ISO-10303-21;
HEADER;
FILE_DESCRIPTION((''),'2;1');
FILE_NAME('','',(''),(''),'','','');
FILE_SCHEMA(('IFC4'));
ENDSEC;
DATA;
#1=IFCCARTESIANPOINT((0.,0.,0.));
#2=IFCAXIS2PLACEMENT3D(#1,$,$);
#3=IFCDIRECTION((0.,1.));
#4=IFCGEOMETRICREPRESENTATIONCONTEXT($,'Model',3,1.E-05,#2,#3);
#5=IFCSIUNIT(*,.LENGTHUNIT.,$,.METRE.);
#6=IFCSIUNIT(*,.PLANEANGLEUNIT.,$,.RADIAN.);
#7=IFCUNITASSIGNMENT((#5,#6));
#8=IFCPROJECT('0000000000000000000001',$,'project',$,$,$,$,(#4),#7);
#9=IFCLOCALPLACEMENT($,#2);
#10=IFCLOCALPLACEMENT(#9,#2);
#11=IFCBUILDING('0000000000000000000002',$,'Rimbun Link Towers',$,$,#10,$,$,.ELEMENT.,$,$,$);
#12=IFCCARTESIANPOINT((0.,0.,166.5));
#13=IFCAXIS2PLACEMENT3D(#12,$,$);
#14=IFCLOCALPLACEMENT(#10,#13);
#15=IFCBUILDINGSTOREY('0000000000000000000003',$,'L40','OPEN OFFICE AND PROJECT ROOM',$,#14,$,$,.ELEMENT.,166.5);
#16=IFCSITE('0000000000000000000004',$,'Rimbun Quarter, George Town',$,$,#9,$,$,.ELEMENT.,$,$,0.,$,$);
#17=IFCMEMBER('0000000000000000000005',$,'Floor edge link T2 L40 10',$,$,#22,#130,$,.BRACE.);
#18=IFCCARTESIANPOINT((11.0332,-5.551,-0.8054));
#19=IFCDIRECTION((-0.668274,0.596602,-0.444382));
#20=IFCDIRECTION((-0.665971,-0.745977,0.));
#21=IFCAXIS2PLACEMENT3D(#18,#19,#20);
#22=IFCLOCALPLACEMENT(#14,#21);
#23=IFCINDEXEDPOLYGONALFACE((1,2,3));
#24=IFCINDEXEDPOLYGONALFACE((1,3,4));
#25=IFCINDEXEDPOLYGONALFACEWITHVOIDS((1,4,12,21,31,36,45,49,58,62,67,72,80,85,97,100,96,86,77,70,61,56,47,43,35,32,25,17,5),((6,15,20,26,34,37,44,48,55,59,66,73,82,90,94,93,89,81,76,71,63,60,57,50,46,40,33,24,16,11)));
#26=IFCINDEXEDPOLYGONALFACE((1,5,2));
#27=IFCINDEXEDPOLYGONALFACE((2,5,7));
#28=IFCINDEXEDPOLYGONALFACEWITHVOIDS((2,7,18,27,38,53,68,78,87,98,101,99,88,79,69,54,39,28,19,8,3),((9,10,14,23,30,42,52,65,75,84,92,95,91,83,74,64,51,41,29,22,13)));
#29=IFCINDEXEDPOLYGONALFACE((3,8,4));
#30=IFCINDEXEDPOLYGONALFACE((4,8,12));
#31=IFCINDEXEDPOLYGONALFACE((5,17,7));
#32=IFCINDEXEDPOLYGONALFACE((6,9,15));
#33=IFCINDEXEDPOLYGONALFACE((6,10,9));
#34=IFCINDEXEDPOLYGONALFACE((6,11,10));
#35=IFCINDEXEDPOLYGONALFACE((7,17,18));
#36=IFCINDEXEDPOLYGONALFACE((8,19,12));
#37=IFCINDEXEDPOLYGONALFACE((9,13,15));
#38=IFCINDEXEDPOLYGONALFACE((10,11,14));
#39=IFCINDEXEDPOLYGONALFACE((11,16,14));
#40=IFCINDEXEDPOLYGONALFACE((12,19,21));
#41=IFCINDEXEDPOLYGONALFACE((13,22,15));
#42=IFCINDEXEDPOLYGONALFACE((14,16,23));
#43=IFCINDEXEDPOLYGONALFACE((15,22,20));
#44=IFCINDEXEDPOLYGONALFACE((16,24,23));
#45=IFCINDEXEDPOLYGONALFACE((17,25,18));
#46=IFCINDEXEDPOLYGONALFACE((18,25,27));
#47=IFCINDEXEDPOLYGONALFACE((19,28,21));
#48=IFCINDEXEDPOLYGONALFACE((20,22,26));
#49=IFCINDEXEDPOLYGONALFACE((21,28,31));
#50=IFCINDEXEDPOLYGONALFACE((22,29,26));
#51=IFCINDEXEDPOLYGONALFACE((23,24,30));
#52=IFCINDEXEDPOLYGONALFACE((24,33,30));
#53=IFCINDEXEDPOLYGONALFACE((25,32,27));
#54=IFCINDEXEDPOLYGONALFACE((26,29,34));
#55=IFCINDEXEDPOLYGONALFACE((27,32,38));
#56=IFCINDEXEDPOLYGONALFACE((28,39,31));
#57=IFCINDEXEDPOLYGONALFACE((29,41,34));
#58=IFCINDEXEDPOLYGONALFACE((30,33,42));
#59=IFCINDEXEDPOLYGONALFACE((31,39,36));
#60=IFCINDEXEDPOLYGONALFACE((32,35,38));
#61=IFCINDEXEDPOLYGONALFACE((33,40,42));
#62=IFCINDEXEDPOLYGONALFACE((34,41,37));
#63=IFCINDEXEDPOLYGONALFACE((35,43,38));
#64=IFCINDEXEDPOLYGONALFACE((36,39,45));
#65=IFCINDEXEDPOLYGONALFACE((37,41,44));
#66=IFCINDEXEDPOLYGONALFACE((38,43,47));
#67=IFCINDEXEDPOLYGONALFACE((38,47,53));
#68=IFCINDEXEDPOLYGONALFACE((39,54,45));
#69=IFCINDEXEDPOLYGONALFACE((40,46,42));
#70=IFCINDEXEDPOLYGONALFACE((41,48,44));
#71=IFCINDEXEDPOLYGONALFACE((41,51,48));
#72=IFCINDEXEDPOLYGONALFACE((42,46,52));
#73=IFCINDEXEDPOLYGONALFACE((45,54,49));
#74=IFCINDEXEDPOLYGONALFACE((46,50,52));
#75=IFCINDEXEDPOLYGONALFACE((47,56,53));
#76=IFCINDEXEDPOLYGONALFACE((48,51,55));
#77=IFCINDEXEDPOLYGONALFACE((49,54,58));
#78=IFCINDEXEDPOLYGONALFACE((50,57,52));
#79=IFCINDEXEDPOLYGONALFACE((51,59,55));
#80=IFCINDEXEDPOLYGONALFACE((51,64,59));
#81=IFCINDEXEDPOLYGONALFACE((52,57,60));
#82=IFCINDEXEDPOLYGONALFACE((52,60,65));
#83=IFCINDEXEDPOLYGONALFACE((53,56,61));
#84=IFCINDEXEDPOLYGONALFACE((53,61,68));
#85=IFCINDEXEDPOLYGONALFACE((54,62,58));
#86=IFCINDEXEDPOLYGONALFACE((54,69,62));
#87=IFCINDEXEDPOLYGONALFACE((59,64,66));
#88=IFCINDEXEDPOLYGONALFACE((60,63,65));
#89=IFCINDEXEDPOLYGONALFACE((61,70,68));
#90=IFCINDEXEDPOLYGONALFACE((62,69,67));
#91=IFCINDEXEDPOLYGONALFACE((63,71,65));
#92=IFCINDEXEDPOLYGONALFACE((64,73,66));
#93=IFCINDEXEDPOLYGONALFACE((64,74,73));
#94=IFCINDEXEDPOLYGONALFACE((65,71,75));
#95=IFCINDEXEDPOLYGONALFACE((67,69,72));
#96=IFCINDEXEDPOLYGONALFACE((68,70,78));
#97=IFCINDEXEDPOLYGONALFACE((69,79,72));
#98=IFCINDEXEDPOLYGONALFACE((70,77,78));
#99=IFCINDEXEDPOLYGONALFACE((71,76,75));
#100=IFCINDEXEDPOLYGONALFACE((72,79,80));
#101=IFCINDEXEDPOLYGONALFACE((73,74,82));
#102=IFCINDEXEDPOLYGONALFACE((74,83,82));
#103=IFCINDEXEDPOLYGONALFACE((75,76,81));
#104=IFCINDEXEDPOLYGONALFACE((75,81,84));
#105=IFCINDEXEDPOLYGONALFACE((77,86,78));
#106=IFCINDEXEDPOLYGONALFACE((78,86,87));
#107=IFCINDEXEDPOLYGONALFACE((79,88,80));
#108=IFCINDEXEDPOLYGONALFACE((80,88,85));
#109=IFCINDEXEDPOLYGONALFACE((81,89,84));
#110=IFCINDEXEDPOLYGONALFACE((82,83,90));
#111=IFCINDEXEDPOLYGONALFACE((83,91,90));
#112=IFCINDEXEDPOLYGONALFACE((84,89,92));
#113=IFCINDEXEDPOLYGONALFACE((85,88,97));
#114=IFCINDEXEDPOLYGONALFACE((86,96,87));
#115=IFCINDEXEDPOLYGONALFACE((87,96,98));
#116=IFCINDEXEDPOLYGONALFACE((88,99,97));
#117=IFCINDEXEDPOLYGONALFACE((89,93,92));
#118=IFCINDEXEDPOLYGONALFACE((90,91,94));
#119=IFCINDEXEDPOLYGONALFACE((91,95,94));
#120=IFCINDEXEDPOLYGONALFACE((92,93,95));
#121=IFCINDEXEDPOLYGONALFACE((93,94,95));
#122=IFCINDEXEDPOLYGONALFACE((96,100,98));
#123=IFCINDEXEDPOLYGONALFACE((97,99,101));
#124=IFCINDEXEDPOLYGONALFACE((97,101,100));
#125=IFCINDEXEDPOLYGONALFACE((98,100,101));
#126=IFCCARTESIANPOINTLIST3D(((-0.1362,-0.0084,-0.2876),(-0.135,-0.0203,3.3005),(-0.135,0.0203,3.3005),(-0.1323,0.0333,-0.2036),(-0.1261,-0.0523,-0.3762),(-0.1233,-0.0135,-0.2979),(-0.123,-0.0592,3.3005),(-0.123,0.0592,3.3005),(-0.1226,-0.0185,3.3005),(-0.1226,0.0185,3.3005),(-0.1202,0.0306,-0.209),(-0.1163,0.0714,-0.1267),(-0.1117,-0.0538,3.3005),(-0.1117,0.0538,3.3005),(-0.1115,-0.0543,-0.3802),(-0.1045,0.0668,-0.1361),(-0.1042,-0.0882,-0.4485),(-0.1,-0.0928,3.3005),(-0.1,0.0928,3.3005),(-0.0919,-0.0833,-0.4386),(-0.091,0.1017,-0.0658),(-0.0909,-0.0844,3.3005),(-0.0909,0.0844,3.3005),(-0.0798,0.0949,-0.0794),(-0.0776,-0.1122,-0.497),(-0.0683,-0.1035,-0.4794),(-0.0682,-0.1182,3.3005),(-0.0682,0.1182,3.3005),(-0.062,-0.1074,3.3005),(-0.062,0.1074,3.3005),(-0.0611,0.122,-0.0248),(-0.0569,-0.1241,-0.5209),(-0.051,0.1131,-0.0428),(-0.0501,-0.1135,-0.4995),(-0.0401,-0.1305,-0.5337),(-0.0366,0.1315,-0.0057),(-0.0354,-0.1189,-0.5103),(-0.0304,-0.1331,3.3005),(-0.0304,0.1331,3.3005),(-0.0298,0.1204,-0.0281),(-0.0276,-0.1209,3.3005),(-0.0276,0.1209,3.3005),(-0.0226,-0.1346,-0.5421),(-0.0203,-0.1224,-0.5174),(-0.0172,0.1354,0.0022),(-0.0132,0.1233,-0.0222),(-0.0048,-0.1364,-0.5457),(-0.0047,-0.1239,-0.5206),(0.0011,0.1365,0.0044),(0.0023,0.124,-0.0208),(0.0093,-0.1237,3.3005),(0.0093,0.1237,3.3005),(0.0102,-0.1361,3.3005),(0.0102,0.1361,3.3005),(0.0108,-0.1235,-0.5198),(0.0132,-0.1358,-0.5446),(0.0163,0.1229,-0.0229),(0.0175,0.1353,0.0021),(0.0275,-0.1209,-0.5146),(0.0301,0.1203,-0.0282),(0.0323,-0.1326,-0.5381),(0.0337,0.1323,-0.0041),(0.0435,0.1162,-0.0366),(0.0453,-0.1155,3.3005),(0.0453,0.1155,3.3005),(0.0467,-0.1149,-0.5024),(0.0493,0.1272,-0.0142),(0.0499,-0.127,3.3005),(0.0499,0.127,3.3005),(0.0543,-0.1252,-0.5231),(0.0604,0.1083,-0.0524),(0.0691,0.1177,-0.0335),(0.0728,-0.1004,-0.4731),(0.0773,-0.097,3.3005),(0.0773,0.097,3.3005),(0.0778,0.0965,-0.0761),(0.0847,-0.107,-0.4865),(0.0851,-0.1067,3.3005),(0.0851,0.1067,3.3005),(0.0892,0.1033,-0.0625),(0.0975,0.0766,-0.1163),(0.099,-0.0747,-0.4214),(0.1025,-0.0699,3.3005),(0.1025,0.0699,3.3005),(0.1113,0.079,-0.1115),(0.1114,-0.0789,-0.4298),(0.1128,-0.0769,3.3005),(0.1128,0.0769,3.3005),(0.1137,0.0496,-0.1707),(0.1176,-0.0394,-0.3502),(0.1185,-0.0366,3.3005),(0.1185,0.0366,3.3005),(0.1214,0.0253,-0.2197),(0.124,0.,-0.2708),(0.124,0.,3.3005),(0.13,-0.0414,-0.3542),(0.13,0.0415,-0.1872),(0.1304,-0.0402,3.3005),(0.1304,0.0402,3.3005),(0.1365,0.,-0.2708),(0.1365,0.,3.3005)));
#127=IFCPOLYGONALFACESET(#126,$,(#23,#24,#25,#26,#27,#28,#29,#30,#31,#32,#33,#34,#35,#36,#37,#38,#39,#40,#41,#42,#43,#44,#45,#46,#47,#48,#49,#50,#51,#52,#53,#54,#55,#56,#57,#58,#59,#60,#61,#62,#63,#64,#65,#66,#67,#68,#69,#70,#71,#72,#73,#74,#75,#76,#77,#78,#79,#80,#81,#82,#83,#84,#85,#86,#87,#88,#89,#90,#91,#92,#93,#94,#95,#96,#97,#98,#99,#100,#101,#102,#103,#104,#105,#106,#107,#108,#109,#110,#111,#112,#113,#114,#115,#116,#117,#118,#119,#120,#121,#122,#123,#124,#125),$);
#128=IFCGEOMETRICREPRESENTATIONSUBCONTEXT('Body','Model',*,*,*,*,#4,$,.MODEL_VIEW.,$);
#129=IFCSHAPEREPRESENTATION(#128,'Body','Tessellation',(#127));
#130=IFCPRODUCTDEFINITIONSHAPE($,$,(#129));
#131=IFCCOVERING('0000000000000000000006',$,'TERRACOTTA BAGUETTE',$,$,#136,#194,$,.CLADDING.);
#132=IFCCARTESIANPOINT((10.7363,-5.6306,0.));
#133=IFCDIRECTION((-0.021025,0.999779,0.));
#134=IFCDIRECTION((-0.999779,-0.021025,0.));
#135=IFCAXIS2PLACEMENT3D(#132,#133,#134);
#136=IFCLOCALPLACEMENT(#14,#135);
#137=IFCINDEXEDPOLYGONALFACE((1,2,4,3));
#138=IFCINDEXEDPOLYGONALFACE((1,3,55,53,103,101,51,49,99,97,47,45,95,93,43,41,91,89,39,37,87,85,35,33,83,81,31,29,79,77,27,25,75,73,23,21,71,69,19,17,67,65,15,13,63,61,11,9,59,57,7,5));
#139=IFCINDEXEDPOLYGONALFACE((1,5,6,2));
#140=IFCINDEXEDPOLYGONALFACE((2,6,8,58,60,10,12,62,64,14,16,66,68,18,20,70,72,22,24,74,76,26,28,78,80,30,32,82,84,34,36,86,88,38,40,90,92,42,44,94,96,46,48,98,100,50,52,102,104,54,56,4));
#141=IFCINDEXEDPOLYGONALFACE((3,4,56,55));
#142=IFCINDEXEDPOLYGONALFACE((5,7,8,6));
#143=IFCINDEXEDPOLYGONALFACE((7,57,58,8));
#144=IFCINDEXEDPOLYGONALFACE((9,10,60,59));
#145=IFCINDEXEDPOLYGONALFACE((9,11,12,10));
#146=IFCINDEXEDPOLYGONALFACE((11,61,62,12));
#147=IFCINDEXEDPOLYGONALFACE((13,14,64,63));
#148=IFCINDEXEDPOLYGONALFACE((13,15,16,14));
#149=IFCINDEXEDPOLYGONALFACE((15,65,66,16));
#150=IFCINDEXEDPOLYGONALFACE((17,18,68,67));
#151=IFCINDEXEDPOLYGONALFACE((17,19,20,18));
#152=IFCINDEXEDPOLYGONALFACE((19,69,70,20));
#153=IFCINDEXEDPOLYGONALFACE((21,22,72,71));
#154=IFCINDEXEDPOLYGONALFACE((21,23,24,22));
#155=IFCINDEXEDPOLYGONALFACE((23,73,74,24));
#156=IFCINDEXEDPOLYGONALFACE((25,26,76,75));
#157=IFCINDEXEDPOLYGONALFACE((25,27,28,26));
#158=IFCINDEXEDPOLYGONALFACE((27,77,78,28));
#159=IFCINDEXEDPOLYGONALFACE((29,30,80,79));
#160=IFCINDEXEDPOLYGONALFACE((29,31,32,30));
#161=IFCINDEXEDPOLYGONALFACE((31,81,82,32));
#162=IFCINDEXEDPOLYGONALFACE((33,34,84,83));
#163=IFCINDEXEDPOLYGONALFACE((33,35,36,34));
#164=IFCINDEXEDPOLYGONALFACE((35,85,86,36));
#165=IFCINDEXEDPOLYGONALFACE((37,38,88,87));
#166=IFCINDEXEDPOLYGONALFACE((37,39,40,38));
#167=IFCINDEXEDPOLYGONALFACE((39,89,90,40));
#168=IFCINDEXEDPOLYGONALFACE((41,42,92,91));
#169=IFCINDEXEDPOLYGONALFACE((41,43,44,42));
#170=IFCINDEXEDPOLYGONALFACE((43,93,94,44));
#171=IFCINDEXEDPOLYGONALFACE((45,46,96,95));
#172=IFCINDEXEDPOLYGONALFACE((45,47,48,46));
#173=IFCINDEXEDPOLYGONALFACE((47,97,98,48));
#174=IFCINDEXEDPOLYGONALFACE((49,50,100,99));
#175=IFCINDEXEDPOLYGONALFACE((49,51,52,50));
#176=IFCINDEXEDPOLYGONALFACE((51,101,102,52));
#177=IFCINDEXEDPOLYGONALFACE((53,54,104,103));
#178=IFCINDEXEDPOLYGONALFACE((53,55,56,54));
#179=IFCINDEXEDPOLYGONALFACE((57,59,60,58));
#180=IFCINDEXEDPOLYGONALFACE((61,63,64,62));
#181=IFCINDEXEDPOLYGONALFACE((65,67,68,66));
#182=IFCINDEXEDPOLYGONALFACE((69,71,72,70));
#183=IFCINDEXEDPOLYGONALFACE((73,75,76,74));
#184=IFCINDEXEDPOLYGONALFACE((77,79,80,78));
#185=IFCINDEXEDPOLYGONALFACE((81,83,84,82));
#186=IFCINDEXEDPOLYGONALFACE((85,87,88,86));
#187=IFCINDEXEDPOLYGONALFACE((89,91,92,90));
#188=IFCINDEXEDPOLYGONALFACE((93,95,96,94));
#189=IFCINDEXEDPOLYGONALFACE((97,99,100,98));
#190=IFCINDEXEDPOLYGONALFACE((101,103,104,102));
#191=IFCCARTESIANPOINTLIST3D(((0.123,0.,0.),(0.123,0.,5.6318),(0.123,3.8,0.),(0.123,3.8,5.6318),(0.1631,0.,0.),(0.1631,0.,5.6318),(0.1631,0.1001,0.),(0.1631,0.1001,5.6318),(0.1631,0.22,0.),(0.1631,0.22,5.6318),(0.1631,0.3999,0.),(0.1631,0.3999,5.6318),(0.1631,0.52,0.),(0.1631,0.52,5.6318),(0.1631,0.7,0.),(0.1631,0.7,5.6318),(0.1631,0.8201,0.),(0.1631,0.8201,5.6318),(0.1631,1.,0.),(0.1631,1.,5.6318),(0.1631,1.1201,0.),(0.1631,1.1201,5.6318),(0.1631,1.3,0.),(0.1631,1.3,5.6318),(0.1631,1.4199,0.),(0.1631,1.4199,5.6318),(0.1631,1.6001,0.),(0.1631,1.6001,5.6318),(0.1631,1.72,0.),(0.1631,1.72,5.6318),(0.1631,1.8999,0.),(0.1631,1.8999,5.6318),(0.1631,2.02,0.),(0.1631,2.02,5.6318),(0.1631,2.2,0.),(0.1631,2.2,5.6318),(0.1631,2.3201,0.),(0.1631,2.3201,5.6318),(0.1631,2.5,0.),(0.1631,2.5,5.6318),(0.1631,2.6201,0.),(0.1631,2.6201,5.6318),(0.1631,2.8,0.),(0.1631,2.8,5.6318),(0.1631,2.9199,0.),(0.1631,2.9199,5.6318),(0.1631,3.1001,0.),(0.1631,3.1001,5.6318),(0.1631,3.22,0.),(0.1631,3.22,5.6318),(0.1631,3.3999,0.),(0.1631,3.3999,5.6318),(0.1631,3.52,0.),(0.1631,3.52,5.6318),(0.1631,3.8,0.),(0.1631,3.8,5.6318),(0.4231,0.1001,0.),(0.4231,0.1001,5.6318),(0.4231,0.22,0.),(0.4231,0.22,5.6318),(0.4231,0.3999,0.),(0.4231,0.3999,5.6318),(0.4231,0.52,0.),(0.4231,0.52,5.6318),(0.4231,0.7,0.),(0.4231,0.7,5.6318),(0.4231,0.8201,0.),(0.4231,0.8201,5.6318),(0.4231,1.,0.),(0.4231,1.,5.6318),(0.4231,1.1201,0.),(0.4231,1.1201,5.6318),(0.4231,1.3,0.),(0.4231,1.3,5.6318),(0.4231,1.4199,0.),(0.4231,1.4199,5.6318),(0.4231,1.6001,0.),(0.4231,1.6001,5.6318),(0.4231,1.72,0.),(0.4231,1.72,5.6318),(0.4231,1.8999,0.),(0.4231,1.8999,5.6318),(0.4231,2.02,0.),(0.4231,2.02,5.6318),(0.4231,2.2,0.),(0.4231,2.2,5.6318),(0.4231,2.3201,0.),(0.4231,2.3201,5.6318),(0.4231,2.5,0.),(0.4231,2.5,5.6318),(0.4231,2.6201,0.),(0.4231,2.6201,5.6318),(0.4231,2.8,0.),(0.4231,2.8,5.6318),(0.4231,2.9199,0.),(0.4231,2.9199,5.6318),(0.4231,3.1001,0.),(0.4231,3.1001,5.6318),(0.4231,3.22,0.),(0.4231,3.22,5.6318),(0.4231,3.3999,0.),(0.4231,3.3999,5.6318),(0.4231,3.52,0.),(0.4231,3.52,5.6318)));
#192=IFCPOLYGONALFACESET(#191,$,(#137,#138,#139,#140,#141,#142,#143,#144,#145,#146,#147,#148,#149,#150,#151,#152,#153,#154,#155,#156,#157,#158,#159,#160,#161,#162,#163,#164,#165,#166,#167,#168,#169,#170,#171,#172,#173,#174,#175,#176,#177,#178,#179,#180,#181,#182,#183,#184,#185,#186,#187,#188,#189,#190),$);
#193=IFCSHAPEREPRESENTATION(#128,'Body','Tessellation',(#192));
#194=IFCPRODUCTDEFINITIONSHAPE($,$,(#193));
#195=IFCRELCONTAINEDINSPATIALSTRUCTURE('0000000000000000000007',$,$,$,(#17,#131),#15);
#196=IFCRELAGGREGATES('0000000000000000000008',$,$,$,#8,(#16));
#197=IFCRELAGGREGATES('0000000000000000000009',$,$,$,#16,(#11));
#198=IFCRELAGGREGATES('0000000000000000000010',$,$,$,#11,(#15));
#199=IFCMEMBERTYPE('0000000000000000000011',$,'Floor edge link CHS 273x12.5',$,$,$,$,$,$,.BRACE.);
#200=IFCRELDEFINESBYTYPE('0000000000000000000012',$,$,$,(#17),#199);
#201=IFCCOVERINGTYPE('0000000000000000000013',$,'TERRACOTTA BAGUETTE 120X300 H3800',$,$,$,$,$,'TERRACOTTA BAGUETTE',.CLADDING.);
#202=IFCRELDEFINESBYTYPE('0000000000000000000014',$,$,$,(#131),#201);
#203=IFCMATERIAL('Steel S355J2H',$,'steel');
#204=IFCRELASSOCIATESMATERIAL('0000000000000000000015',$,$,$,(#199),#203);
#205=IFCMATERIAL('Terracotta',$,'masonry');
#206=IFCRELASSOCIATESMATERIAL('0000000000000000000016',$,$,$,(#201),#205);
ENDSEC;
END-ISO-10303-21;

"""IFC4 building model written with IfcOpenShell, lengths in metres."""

from ifc_helpers import new_model, si_unit, direction, frame, origin, origin_2d, place, context, subcontext, project, spatial, polyline, hollow_circle, outline, extrude, clip, halfspace, material, material_profile, profile_set, type_object, element, save


model = new_model("IFC4")

# Units and contexts
model_context = context("Model", 3, precision=1e-05, world=origin(), true_north=direction((0.0, 1.0)))
body_context = subcontext(model_context, "Body", "Model", "MODEL_VIEW")
ifc_project = project(units=[si_unit("LENGTHUNIT", "METRE"), si_unit("PLANEANGLEUNIT", "RADIAN")], contexts=[model_context])

# Site, building, storey
site_placement = place(None, origin())
site = spatial("IfcSite", under=ifc_project, at=site_placement, Name="Rimbun Quarter, George Town", CompositionType="ELEMENT", RefElevation=0.0)
building_placement = place(site_placement, origin())
building = spatial("IfcBuilding", under=site, at=building_placement, Name="Rimbun Link Towers", CompositionType="ELEMENT")
storey_placement = place(building_placement, frame((0.0, 0.0, 166.5)))
storey = spatial("IfcBuildingStorey", under=building, at=storey_placement, Name="L40", Description="OPEN OFFICE AND PROJECT ROOM", CompositionType="ELEMENT", Elevation=166.5)

# Member
ifc_material_1 = material(Name="Steel S355J2H", Category="steel")
ifc_material_profile_1 = material_profile(ifc_material_1, hollow_circle(Radius=0.1365, WallThickness=0.0125, at=origin_2d()), Name="CHS 273x12.5")
ifc_profile_set_1 = profile_set([ifc_material_profile_1], Name="Steel S355J2H")
member_type_1 = type_object("IfcMemberType", Name="Floor edge link CHS 273x12.5", PredefinedType="BRACE", material=ifc_profile_set_1)
member_1_placement = place(storey_placement, frame((11.0332, -5.551, -0.8054), z_axis=(-0.668274, 0.596602, -0.444382), x_axis=(-0.665971, -0.745977, 0.0)))
element("IfcMember", 1, at=member_1_placement, inside=storey, type_object=member_type_1, Name="Floor edge link T2 L40 10", PredefinedType="BRACE", context=body_context, shape_type="Clipping", body=[
    clip(extrude(hollow_circle(Radius=0.1365, WallThickness=0.0125, at=origin_2d()), frame((0.0, 0.0, -0.573)), (0.0, 0.0, 1.0), 3.8735), halfspace(frame((0.0, 0.0, -0.2708), z_axis=(0.0, 0.895837, -0.444382)), False)),
])

# Covering
ifc_material_2 = material(Name="Terracotta", Category="masonry")
ifc_material_profile_2 = material_profile(ifc_material_2, outline(polyline([(0.123, 0.0), (0.1631, 0.0), (0.1631, 0.1001), (0.4231, 0.1001), (0.4231, 0.22), (0.1631, 0.22), (0.1631, 0.3999), (0.4231, 0.3999), (0.4231, 0.52), (0.1631, 0.52), (0.1631, 0.7), (0.4231, 0.7), (0.4231, 0.8201), (0.1631, 0.8201), (0.1631, 1.0), (0.4231, 1.0), (0.4231, 1.1201), (0.1631, 1.1201), (0.1631, 1.3), (0.4231, 1.3), (0.4231, 1.4199), (0.1631, 1.4199), (0.1631, 1.6001), (0.4231, 1.6001), (0.4231, 1.72), (0.1631, 1.72), (0.1631, 1.8999), (0.4231, 1.8999), (0.4231, 2.02), (0.1631, 2.02), (0.1631, 2.2), (0.4231, 2.2), (0.4231, 2.3201), (0.1631, 2.3201), (0.1631, 2.5), (0.4231, 2.5), (0.4231, 2.6201), (0.1631, 2.6201), (0.1631, 2.8), (0.4231, 2.8), (0.4231, 2.9199), (0.1631, 2.9199), (0.1631, 3.1001), (0.4231, 3.1001), (0.4231, 3.22), (0.1631, 3.22), (0.1631, 3.3999), (0.4231, 3.3999), (0.4231, 3.52), (0.1631, 3.52), (0.1631, 3.8), (0.123, 3.8), (0.123, 0.0)])), Name="BAGUETTE 120X300")
ifc_profile_set_2 = profile_set([ifc_material_profile_2], Name="Terracotta")
covering_type_1 = type_object("IfcCoveringType", Name="TERRACOTTA BAGUETTE 120X300 H3800", ElementType="TERRACOTTA BAGUETTE", PredefinedType="CLADDING", material=ifc_profile_set_2)
covering_1_placement = place(storey_placement, frame((10.7363, -5.6306, 0.0), z_axis=(-0.021025, 0.999779, 0.0), x_axis=(-0.999779, -0.021025, 0.0)))
element("IfcCovering", 2, at=covering_1_placement, inside=storey, type_object=covering_type_1, Name="TERRACOTTA BAGUETTE", PredefinedType="CLADDING", context=body_context, shape_type="SweptSolid", body=[
    extrude(outline(polyline([(0.123, 0.0), (0.1631, 0.0), (0.1631, 0.1001), (0.4231, 0.1001), (0.4231, 0.22), (0.1631, 0.22), (0.1631, 0.3999), (0.4231, 0.3999), (0.4231, 0.52), (0.1631, 0.52), (0.1631, 0.7), (0.4231, 0.7), (0.4231, 0.8201), (0.1631, 0.8201), (0.1631, 1.0), (0.4231, 1.0), (0.4231, 1.1201), (0.1631, 1.1201), (0.1631, 1.3), (0.4231, 1.3), (0.4231, 1.4199), (0.1631, 1.4199), (0.1631, 1.6001), (0.4231, 1.6001), (0.4231, 1.72), (0.1631, 1.72), (0.1631, 1.8999), (0.4231, 1.8999), (0.4231, 2.02), (0.1631, 2.02), (0.1631, 2.2), (0.4231, 2.2), (0.4231, 2.3201), (0.1631, 2.3201), (0.1631, 2.5), (0.4231, 2.5), (0.4231, 2.6201), (0.1631, 2.6201), (0.1631, 2.8), (0.4231, 2.8), (0.4231, 2.9199), (0.1631, 2.9199), (0.1631, 3.1001), (0.4231, 3.1001), (0.4231, 3.22), (0.1631, 3.22), (0.1631, 3.3999), (0.4231, 3.3999), (0.4231, 3.52), (0.1631, 3.52), (0.1631, 3.8), (0.123, 3.8), (0.123, 0.0)])), origin(), (0.0, 0.0, 1.0), 5.6318),
])

save(model, "model.ifc")
